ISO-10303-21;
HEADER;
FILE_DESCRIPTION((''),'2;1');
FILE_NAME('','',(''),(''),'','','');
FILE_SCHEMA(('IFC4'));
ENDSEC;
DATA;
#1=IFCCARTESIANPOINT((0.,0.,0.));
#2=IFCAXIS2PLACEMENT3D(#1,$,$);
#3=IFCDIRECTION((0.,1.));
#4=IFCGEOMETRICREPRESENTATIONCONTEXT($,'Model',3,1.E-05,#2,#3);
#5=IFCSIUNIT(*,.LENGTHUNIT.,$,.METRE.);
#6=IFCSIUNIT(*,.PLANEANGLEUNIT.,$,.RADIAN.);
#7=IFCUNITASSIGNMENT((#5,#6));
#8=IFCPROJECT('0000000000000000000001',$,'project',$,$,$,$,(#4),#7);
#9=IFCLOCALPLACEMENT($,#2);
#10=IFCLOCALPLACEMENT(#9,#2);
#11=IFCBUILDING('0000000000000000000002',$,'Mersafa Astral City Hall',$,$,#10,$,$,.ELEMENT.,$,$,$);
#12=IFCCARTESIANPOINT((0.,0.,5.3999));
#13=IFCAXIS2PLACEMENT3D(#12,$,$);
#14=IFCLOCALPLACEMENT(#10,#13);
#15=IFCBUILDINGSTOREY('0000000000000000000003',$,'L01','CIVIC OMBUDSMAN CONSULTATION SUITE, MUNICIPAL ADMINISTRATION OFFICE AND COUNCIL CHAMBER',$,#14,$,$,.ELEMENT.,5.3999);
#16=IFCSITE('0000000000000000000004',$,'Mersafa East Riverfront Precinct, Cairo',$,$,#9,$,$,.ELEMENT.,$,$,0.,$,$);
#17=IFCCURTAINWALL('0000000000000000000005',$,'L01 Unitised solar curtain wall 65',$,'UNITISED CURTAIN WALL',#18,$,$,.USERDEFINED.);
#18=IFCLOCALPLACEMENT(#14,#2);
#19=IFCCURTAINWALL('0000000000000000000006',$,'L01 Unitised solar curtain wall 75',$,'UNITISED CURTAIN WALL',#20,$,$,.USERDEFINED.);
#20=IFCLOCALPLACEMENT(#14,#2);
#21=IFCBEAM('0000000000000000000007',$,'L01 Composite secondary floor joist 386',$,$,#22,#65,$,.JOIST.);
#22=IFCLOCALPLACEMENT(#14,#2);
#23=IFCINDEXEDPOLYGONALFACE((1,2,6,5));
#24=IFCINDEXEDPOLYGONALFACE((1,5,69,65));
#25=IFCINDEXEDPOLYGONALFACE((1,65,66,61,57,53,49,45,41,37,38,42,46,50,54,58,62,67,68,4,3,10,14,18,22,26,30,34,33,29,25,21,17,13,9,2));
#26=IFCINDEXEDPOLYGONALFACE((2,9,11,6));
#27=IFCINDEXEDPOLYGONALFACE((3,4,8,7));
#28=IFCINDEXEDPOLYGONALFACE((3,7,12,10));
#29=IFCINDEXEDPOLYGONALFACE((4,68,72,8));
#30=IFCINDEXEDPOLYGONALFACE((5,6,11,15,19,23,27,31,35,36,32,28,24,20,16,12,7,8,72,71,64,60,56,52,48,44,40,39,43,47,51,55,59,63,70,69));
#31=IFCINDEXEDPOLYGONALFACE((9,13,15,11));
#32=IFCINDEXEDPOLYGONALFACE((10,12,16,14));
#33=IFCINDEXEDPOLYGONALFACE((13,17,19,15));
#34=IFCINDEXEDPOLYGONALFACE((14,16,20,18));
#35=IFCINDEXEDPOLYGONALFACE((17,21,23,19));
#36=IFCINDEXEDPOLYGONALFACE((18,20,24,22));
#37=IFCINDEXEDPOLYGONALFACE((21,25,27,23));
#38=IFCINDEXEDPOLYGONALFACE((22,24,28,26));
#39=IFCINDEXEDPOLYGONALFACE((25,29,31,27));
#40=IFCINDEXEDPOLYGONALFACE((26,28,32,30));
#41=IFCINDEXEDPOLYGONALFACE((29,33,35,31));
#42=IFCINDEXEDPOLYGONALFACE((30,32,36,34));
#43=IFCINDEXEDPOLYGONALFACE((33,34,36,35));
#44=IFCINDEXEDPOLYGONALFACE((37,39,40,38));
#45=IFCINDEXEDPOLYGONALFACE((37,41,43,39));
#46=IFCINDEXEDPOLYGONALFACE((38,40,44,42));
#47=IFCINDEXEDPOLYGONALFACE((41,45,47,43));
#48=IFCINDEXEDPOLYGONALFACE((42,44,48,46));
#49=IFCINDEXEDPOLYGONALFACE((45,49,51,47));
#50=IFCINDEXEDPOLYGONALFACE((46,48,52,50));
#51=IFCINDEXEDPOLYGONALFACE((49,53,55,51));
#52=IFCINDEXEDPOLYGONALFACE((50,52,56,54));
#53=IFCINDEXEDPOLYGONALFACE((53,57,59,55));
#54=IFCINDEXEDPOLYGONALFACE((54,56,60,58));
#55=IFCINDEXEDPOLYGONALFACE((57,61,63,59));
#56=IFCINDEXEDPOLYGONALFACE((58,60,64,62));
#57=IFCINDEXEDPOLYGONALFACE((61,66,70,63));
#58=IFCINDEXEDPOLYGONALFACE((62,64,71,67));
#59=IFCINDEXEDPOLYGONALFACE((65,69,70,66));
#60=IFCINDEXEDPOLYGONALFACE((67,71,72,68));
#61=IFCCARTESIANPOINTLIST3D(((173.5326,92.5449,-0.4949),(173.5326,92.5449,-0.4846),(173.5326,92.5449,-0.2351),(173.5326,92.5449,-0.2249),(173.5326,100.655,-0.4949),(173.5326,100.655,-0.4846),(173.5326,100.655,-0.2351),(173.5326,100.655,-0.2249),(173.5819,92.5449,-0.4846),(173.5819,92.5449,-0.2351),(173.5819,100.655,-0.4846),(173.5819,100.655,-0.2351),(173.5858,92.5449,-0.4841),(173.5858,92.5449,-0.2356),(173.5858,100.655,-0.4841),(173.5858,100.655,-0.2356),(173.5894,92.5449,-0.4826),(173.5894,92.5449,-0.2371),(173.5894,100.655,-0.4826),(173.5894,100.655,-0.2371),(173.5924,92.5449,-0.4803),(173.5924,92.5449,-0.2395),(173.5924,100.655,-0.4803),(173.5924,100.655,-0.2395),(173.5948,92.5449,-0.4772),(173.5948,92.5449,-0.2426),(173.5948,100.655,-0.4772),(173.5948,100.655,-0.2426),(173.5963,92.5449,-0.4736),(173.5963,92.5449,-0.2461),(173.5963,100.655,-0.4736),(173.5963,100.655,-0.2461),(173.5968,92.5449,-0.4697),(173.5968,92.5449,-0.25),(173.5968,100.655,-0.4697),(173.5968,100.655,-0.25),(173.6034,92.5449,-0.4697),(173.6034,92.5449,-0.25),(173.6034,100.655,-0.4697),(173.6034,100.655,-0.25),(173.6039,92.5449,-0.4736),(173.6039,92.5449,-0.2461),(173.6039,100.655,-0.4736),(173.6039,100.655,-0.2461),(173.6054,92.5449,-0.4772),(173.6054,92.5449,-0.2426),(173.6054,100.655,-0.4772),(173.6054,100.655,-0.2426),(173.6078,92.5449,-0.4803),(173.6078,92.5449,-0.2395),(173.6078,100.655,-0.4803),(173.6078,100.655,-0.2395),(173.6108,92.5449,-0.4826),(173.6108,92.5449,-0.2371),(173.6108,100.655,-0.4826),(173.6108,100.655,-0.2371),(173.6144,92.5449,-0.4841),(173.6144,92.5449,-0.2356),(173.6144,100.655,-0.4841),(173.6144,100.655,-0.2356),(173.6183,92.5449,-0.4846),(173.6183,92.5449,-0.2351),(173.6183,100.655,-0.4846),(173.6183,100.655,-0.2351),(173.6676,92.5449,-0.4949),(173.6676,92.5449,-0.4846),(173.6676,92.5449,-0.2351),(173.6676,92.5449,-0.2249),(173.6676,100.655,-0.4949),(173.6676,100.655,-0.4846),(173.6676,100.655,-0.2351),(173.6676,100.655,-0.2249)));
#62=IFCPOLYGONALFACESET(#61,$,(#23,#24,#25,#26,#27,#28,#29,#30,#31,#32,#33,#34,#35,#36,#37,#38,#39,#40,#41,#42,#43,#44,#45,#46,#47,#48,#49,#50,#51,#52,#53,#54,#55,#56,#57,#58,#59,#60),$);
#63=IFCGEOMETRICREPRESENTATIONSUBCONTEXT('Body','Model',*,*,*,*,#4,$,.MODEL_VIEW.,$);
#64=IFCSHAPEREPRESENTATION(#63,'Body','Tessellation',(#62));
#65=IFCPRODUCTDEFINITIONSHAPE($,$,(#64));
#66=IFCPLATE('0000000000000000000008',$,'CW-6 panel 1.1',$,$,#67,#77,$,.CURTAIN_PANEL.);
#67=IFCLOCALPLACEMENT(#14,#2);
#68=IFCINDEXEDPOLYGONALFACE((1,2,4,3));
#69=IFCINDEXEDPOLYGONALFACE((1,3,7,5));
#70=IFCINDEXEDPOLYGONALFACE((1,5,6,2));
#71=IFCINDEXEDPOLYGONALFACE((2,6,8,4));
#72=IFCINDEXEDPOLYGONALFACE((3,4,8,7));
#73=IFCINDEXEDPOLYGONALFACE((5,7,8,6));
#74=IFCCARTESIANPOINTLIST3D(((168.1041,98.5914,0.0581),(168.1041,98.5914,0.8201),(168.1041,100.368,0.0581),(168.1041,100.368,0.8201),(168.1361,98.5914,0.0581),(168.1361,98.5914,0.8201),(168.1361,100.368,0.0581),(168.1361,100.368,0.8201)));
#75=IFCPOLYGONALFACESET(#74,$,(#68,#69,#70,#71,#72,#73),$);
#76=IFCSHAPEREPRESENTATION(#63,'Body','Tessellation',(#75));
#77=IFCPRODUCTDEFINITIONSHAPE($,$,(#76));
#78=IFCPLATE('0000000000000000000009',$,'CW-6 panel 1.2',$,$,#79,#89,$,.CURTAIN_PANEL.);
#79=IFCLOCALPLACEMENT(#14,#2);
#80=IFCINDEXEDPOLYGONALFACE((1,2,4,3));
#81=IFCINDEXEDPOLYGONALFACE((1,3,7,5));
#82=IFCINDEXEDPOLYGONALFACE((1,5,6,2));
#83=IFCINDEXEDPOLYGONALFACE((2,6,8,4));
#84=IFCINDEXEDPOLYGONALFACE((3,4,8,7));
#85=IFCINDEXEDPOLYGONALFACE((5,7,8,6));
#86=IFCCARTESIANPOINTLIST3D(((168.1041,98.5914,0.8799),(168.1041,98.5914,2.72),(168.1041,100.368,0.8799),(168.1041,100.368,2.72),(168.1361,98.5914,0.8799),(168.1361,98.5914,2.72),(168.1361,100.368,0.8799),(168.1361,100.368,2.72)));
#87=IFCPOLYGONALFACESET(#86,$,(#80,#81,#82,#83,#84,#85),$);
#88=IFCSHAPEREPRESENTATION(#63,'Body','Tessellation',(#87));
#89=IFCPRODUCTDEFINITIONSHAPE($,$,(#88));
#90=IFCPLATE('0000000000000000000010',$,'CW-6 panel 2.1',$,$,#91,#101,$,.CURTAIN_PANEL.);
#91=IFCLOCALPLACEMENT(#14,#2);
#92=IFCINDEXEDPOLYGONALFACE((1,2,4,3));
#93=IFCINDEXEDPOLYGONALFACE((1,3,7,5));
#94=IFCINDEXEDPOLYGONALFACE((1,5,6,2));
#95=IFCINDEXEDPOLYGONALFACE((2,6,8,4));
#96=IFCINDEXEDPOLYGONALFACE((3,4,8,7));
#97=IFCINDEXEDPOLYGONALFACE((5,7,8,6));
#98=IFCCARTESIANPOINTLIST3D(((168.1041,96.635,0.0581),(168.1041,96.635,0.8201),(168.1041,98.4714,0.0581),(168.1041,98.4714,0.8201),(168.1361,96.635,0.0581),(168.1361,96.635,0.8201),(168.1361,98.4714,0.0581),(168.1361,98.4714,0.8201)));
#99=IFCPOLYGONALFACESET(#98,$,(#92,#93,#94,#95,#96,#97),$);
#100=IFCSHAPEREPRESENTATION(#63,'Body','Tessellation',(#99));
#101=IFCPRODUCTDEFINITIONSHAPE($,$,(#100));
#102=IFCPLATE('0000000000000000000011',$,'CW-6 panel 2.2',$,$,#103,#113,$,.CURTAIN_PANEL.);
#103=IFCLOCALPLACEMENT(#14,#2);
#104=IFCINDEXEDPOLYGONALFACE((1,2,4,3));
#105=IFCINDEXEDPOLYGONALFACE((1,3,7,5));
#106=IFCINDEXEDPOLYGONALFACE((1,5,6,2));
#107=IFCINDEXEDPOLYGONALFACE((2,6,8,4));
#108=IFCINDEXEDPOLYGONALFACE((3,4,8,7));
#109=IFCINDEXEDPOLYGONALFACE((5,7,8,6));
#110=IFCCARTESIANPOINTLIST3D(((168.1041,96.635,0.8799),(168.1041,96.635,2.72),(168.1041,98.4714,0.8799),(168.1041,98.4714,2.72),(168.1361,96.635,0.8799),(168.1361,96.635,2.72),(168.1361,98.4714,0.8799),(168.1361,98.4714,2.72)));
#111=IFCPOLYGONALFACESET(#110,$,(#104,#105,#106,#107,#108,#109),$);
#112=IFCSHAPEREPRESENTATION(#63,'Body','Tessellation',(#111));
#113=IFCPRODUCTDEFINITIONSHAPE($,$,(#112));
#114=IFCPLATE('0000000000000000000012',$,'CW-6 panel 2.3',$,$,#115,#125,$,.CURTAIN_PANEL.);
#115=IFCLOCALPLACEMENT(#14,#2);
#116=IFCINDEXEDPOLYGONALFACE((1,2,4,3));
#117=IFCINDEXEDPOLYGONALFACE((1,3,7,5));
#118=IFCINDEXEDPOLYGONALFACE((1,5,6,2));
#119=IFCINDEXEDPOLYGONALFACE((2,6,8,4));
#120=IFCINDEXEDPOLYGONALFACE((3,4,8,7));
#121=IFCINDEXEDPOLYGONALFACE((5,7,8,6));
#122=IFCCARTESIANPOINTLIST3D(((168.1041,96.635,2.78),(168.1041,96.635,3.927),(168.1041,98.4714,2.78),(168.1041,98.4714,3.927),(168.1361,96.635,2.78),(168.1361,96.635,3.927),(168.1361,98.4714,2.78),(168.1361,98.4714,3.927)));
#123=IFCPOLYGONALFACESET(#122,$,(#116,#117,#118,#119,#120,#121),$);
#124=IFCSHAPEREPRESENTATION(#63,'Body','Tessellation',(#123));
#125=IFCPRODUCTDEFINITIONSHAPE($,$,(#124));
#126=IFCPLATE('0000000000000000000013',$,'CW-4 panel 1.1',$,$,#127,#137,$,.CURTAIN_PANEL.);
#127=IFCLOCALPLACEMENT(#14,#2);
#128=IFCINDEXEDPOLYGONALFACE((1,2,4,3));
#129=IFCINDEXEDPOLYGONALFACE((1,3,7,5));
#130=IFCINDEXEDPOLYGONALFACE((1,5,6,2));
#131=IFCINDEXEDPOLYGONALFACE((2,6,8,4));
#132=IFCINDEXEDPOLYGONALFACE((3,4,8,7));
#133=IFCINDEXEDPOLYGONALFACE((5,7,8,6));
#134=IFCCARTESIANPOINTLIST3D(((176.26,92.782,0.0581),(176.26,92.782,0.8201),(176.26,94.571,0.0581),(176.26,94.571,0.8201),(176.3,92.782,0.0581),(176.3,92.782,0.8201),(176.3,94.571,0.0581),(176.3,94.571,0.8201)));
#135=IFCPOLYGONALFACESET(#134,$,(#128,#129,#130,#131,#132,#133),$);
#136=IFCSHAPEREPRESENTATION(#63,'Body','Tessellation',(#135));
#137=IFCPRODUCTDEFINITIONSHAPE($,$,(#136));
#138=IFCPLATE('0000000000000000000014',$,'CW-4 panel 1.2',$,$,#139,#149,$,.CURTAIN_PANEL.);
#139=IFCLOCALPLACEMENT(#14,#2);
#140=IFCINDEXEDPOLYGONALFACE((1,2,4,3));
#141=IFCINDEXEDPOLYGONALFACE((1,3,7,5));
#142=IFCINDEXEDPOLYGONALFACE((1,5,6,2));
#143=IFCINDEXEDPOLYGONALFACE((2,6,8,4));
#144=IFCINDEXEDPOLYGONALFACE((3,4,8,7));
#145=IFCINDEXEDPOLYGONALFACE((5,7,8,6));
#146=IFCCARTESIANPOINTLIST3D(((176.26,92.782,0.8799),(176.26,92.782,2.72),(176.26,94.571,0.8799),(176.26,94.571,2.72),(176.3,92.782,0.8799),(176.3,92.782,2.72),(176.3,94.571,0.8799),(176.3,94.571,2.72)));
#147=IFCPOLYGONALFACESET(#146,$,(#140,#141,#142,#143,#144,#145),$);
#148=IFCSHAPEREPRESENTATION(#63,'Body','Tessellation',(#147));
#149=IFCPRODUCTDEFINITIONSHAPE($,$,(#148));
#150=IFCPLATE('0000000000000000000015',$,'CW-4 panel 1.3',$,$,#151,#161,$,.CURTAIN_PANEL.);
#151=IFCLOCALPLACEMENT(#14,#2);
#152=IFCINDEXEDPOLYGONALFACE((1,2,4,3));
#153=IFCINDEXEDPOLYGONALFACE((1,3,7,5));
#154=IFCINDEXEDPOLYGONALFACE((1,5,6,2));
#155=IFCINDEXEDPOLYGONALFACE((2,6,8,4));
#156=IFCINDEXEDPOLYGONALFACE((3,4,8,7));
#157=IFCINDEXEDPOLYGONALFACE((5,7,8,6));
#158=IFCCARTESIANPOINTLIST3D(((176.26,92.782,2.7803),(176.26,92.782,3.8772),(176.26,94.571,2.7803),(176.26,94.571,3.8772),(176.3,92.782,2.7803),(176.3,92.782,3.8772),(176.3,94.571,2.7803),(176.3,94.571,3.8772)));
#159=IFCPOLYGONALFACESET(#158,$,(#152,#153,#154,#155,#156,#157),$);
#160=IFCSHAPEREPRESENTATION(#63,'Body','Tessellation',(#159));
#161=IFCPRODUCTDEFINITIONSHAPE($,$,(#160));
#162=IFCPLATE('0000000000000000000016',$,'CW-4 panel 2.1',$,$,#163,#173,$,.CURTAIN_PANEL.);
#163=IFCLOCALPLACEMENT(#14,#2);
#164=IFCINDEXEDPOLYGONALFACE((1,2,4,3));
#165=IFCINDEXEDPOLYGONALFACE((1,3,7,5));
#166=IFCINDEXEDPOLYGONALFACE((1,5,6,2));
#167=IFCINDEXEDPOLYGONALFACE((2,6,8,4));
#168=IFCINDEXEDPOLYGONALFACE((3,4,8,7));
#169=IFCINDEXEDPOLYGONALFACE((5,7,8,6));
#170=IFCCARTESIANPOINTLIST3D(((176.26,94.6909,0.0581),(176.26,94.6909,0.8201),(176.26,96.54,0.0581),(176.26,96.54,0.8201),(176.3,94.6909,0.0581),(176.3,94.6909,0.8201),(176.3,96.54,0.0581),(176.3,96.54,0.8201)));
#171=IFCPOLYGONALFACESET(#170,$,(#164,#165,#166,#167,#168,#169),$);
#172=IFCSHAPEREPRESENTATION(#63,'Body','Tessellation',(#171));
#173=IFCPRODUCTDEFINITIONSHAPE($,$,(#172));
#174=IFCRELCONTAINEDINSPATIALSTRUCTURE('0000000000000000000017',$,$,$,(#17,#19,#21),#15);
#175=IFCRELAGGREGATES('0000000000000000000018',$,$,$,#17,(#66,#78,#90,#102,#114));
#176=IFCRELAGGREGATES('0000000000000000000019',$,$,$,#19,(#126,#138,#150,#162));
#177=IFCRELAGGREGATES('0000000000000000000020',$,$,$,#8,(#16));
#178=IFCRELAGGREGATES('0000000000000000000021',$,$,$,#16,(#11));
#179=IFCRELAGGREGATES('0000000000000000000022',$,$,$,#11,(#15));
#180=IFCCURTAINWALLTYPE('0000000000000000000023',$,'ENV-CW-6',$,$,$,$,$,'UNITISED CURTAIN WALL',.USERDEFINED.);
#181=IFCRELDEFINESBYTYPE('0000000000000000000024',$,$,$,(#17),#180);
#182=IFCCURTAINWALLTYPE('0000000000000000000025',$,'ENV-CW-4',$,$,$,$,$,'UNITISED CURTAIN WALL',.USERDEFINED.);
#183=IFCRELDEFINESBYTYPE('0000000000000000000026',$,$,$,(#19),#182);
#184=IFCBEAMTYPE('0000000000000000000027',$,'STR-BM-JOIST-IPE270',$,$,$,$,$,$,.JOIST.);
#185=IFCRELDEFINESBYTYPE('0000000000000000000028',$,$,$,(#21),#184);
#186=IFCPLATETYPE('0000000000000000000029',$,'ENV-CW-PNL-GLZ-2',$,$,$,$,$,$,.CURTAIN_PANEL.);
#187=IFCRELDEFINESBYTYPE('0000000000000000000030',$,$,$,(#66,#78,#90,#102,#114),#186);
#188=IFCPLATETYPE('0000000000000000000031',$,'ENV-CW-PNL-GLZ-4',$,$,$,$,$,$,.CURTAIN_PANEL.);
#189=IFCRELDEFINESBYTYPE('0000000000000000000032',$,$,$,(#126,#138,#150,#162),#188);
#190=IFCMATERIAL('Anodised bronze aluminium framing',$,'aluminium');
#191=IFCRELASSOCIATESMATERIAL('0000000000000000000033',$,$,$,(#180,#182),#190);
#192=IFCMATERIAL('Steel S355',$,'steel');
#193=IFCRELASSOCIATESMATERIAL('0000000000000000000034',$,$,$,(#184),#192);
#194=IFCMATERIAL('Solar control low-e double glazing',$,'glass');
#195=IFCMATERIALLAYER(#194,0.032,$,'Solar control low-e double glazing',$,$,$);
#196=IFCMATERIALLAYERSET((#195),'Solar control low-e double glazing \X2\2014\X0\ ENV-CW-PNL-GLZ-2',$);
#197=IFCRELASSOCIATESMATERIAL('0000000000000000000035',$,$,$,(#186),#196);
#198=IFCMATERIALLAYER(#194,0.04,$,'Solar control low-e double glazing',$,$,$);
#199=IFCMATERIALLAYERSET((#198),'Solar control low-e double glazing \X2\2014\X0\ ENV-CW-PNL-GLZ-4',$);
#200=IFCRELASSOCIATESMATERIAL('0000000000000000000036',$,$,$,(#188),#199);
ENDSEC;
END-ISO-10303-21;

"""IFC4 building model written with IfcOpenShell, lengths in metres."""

from ifc_helpers import new_model, si_unit, direction, frame, origin, origin_2d, place, context, subcontext, project, spatial, rectangle, i_section, extrude, material, layer, layer_set, material_profile, profile_set, type_object, element, aggregate, save


model = new_model("IFC4")

# Units and contexts
model_context = context("Model", 3, precision=1e-05, world=origin(), true_north=direction((0.0, 1.0)))
body_context = subcontext(model_context, "Body", "Model", "MODEL_VIEW")
ifc_project = project(units=[si_unit("LENGTHUNIT", "METRE"), si_unit("PLANEANGLEUNIT", "RADIAN")], contexts=[model_context])

# Site, building, storey
site_placement = place(None, origin())
site = spatial("IfcSite", under=ifc_project, at=site_placement, Name="Mersafa East Riverfront Precinct, Cairo", CompositionType="ELEMENT", RefElevation=0.0)
building_placement = place(site_placement, origin())
building = spatial("IfcBuilding", under=site, at=building_placement, Name="Mersafa Astral City Hall", CompositionType="ELEMENT")
storey_placement = place(building_placement, frame((0.0, 0.0, 5.3999)))
storey = spatial("IfcBuildingStorey", under=building, at=storey_placement, Name="L01", Description="CIVIC OMBUDSMAN CONSULTATION SUITE, MUNICIPAL ADMINISTRATION OFFICE AND COUNCIL CHAMBER", CompositionType="ELEMENT", Elevation=5.3999)

# Curtain walls
ifc_material_1 = material(Name="Anodised bronze aluminium framing", Category="aluminium")
curtain_wall_type_1 = type_object("IfcCurtainWallType", Name="ENV-CW-6", ElementType="UNITISED CURTAIN WALL", PredefinedType="USERDEFINED", material=ifc_material_1)
curtain_wall_1_placement = place(storey_placement, origin())
curtain_wall_1 = element("IfcCurtainWall", 1, at=curtain_wall_1_placement, inside=storey, type_object=curtain_wall_type_1, Name="L01 Unitised solar curtain wall 65", ObjectType="UNITISED CURTAIN WALL", PredefinedType="USERDEFINED")
curtain_wall_type_2 = type_object("IfcCurtainWallType", Name="ENV-CW-4", ElementType="UNITISED CURTAIN WALL", PredefinedType="USERDEFINED", material=ifc_material_1)
curtain_wall_2_placement = place(storey_placement, origin())
curtain_wall_2 = element("IfcCurtainWall", 2, at=curtain_wall_2_placement, inside=storey, type_object=curtain_wall_type_2, Name="L01 Unitised solar curtain wall 75", ObjectType="UNITISED CURTAIN WALL", PredefinedType="USERDEFINED")

# Beam
ifc_material_2 = material(Name="Steel S355", Category="steel")
ifc_material_profile_1 = material_profile(ifc_material_2, i_section(OverallWidth=0.135, OverallDepth=0.27, WebThickness=0.0066, FlangeThickness=0.0103, FilletRadius=0.0149, at=origin_2d()), Name="IPE 270")
ifc_profile_set_1 = profile_set([ifc_material_profile_1], Name="Steel S355")
beam_type = type_object("IfcBeamType", Name="STR-BM-JOIST-IPE270", PredefinedType="JOIST", material=ifc_profile_set_1)
for number, where, z_axis, x_axis, name in (
    (3, (173.6001, 92.5449, -0.3599), (0.0, 1.0, 0.0), (-1.0, 0.0, 0.0), "L01 Composite secondary floor joist 386"),
):
    element("IfcBeam", number, at=place(storey_placement, frame(where, z_axis=z_axis, x_axis=x_axis)), inside=storey, type_object=beam_type, Name=name, PredefinedType="JOIST", context=body_context, shape_type="SweptSolid", body=[
        extrude(i_section(OverallWidth=0.135, OverallDepth=0.27, WebThickness=0.0066, FlangeThickness=0.0103, FilletRadius=0.0149, at=origin_2d()), origin(), (0.0, 0.0, 1.0), 8.1101),
    ])

# Plates
ifc_material_3 = material(Name="Solar control low-e double glazing", Category="glass")
ifc_layer_1 = layer(ifc_material_3, 0.032, Name="Solar control low-e double glazing")
ifc_layer_set_1 = layer_set([ifc_layer_1], Name="Solar control low-e double glazing — ENV-CW-PNL-GLZ-2")
plate_type_1 = type_object("IfcPlateType", Name="ENV-CW-PNL-GLZ-2", PredefinedType="CURTAIN_PANEL", material=ifc_layer_set_1)
plate_1_placement = place(storey_placement, frame((168.1201, 99.4797, 0.0581), z_axis=(0.0, 0.0, 1.0), x_axis=(0.0, -1.0, 0.0)))
plate_1 = element("IfcPlate", 4, at=plate_1_placement, type_object=plate_type_1, Name="CW-6 panel 1.1", PredefinedType="CURTAIN_PANEL", context=body_context, shape_type="SweptSolid", body=[
    extrude(rectangle(XDim=1.7766, YDim=0.032, at=origin_2d()), origin(), (0.0, 0.0, 1.0), 0.762),
])
plate_2_placement = place(storey_placement, frame((168.1201, 99.4797, 0.8799), z_axis=(0.0, 0.0, 1.0), x_axis=(0.0, -1.0, 0.0)))
plate_2 = element("IfcPlate", 5, at=plate_2_placement, type_object=plate_type_1, Name="CW-6 panel 1.2", PredefinedType="CURTAIN_PANEL", context=body_context, shape_type="SweptSolid", body=[
    extrude(rectangle(XDim=1.7766, YDim=0.032, at=origin_2d()), origin(), (0.0, 0.0, 1.0), 1.8401),
])
plate_3_placement = place(storey_placement, frame((168.1201, 97.5532, 0.0581), z_axis=(0.0, 0.0, 1.0), x_axis=(0.0, -1.0, 0.0)))
plate_3 = element("IfcPlate", 6, at=plate_3_placement, type_object=plate_type_1, Name="CW-6 panel 2.1", PredefinedType="CURTAIN_PANEL", context=body_context, shape_type="SweptSolid", body=[
    extrude(rectangle(XDim=1.8364, YDim=0.032, at=origin_2d()), origin(), (0.0, 0.0, 1.0), 0.762),
])
plate_4_placement = place(storey_placement, frame((168.1201, 97.5532, 0.8799), z_axis=(0.0, 0.0, 1.0), x_axis=(0.0, -1.0, 0.0)))
plate_4 = element("IfcPlate", 7, at=plate_4_placement, type_object=plate_type_1, Name="CW-6 panel 2.2", PredefinedType="CURTAIN_PANEL", context=body_context, shape_type="SweptSolid", body=[
    extrude(rectangle(XDim=1.8364, YDim=0.032, at=origin_2d()), origin(), (0.0, 0.0, 1.0), 1.8401),
])
plate_5_placement = place(storey_placement, frame((168.1201, 97.5532, 2.78), z_axis=(0.0, 0.0, 1.0), x_axis=(0.0, -1.0, 0.0)))
plate_5 = element("IfcPlate", 8, at=plate_5_placement, type_object=plate_type_1, Name="CW-6 panel 2.3", PredefinedType="CURTAIN_PANEL", context=body_context, shape_type="SweptSolid", body=[
    extrude(rectangle(XDim=1.8364, YDim=0.032, at=origin_2d()), origin(), (0.0, 0.0, 1.0), 1.147),
])
aggregate(curtain_wall_1, [plate_1, plate_2, plate_3, plate_4, plate_5])
ifc_layer_2 = layer(ifc_material_3, 0.04, Name="Solar control low-e double glazing")
ifc_layer_set_2 = layer_set([ifc_layer_2], Name="Solar control low-e double glazing — ENV-CW-PNL-GLZ-4")
plate_type_2 = type_object("IfcPlateType", Name="ENV-CW-PNL-GLZ-4", PredefinedType="CURTAIN_PANEL", material=ifc_layer_set_2)
plate_6_placement = place(storey_placement, frame((176.28, 93.6765, 0.0581), z_axis=(0.0, 0.0, 1.0), x_axis=(0.0, 1.0, 0.0)))
plate_6 = element("IfcPlate", 9, at=plate_6_placement, type_object=plate_type_2, Name="CW-4 panel 1.1", PredefinedType="CURTAIN_PANEL", context=body_context, shape_type="SweptSolid", body=[
    extrude(rectangle(XDim=1.7891, YDim=0.04, at=origin_2d()), origin(), (0.0, 0.0, 1.0), 0.762),
])
plate_7_placement = place(storey_placement, frame((176.28, 93.6765, 0.8799), z_axis=(0.0, 0.0, 1.0), x_axis=(0.0, 1.0, 0.0)))
plate_7 = element("IfcPlate", 10, at=plate_7_placement, type_object=plate_type_2, Name="CW-4 panel 1.2", PredefinedType="CURTAIN_PANEL", context=body_context, shape_type="SweptSolid", body=[
    extrude(rectangle(XDim=1.7891, YDim=0.04, at=origin_2d()), origin(), (0.0, 0.0, 1.0), 1.8401),
])
plate_8_placement = place(storey_placement, frame((176.28, 93.6765, 2.7803), z_axis=(0.0, 0.0, 1.0), x_axis=(0.0, 1.0, 0.0)))
plate_8 = element("IfcPlate", 11, at=plate_8_placement, type_object=plate_type_2, Name="CW-4 panel 1.3", PredefinedType="CURTAIN_PANEL", context=body_context, shape_type="SweptSolid", body=[
    extrude(rectangle(XDim=1.7891, YDim=0.04, at=origin_2d()), origin(), (0.0, 0.0, 1.0), 1.0969),
])
plate_9_placement = place(storey_placement, frame((176.28, 95.6155, 0.0581), z_axis=(0.0, 0.0, 1.0), x_axis=(0.0, 1.0, 0.0)))
plate_9 = element("IfcPlate", 12, at=plate_9_placement, type_object=plate_type_2, Name="CW-4 panel 2.1", PredefinedType="CURTAIN_PANEL", context=body_context, shape_type="SweptSolid", body=[
    extrude(rectangle(XDim=1.8491, YDim=0.04, at=origin_2d()), origin(), (0.0, 0.0, 1.0), 0.762),
])
aggregate(curtain_wall_2, [plate_6, plate_7, plate_8, plate_9])

save(model, "model.ifc")
